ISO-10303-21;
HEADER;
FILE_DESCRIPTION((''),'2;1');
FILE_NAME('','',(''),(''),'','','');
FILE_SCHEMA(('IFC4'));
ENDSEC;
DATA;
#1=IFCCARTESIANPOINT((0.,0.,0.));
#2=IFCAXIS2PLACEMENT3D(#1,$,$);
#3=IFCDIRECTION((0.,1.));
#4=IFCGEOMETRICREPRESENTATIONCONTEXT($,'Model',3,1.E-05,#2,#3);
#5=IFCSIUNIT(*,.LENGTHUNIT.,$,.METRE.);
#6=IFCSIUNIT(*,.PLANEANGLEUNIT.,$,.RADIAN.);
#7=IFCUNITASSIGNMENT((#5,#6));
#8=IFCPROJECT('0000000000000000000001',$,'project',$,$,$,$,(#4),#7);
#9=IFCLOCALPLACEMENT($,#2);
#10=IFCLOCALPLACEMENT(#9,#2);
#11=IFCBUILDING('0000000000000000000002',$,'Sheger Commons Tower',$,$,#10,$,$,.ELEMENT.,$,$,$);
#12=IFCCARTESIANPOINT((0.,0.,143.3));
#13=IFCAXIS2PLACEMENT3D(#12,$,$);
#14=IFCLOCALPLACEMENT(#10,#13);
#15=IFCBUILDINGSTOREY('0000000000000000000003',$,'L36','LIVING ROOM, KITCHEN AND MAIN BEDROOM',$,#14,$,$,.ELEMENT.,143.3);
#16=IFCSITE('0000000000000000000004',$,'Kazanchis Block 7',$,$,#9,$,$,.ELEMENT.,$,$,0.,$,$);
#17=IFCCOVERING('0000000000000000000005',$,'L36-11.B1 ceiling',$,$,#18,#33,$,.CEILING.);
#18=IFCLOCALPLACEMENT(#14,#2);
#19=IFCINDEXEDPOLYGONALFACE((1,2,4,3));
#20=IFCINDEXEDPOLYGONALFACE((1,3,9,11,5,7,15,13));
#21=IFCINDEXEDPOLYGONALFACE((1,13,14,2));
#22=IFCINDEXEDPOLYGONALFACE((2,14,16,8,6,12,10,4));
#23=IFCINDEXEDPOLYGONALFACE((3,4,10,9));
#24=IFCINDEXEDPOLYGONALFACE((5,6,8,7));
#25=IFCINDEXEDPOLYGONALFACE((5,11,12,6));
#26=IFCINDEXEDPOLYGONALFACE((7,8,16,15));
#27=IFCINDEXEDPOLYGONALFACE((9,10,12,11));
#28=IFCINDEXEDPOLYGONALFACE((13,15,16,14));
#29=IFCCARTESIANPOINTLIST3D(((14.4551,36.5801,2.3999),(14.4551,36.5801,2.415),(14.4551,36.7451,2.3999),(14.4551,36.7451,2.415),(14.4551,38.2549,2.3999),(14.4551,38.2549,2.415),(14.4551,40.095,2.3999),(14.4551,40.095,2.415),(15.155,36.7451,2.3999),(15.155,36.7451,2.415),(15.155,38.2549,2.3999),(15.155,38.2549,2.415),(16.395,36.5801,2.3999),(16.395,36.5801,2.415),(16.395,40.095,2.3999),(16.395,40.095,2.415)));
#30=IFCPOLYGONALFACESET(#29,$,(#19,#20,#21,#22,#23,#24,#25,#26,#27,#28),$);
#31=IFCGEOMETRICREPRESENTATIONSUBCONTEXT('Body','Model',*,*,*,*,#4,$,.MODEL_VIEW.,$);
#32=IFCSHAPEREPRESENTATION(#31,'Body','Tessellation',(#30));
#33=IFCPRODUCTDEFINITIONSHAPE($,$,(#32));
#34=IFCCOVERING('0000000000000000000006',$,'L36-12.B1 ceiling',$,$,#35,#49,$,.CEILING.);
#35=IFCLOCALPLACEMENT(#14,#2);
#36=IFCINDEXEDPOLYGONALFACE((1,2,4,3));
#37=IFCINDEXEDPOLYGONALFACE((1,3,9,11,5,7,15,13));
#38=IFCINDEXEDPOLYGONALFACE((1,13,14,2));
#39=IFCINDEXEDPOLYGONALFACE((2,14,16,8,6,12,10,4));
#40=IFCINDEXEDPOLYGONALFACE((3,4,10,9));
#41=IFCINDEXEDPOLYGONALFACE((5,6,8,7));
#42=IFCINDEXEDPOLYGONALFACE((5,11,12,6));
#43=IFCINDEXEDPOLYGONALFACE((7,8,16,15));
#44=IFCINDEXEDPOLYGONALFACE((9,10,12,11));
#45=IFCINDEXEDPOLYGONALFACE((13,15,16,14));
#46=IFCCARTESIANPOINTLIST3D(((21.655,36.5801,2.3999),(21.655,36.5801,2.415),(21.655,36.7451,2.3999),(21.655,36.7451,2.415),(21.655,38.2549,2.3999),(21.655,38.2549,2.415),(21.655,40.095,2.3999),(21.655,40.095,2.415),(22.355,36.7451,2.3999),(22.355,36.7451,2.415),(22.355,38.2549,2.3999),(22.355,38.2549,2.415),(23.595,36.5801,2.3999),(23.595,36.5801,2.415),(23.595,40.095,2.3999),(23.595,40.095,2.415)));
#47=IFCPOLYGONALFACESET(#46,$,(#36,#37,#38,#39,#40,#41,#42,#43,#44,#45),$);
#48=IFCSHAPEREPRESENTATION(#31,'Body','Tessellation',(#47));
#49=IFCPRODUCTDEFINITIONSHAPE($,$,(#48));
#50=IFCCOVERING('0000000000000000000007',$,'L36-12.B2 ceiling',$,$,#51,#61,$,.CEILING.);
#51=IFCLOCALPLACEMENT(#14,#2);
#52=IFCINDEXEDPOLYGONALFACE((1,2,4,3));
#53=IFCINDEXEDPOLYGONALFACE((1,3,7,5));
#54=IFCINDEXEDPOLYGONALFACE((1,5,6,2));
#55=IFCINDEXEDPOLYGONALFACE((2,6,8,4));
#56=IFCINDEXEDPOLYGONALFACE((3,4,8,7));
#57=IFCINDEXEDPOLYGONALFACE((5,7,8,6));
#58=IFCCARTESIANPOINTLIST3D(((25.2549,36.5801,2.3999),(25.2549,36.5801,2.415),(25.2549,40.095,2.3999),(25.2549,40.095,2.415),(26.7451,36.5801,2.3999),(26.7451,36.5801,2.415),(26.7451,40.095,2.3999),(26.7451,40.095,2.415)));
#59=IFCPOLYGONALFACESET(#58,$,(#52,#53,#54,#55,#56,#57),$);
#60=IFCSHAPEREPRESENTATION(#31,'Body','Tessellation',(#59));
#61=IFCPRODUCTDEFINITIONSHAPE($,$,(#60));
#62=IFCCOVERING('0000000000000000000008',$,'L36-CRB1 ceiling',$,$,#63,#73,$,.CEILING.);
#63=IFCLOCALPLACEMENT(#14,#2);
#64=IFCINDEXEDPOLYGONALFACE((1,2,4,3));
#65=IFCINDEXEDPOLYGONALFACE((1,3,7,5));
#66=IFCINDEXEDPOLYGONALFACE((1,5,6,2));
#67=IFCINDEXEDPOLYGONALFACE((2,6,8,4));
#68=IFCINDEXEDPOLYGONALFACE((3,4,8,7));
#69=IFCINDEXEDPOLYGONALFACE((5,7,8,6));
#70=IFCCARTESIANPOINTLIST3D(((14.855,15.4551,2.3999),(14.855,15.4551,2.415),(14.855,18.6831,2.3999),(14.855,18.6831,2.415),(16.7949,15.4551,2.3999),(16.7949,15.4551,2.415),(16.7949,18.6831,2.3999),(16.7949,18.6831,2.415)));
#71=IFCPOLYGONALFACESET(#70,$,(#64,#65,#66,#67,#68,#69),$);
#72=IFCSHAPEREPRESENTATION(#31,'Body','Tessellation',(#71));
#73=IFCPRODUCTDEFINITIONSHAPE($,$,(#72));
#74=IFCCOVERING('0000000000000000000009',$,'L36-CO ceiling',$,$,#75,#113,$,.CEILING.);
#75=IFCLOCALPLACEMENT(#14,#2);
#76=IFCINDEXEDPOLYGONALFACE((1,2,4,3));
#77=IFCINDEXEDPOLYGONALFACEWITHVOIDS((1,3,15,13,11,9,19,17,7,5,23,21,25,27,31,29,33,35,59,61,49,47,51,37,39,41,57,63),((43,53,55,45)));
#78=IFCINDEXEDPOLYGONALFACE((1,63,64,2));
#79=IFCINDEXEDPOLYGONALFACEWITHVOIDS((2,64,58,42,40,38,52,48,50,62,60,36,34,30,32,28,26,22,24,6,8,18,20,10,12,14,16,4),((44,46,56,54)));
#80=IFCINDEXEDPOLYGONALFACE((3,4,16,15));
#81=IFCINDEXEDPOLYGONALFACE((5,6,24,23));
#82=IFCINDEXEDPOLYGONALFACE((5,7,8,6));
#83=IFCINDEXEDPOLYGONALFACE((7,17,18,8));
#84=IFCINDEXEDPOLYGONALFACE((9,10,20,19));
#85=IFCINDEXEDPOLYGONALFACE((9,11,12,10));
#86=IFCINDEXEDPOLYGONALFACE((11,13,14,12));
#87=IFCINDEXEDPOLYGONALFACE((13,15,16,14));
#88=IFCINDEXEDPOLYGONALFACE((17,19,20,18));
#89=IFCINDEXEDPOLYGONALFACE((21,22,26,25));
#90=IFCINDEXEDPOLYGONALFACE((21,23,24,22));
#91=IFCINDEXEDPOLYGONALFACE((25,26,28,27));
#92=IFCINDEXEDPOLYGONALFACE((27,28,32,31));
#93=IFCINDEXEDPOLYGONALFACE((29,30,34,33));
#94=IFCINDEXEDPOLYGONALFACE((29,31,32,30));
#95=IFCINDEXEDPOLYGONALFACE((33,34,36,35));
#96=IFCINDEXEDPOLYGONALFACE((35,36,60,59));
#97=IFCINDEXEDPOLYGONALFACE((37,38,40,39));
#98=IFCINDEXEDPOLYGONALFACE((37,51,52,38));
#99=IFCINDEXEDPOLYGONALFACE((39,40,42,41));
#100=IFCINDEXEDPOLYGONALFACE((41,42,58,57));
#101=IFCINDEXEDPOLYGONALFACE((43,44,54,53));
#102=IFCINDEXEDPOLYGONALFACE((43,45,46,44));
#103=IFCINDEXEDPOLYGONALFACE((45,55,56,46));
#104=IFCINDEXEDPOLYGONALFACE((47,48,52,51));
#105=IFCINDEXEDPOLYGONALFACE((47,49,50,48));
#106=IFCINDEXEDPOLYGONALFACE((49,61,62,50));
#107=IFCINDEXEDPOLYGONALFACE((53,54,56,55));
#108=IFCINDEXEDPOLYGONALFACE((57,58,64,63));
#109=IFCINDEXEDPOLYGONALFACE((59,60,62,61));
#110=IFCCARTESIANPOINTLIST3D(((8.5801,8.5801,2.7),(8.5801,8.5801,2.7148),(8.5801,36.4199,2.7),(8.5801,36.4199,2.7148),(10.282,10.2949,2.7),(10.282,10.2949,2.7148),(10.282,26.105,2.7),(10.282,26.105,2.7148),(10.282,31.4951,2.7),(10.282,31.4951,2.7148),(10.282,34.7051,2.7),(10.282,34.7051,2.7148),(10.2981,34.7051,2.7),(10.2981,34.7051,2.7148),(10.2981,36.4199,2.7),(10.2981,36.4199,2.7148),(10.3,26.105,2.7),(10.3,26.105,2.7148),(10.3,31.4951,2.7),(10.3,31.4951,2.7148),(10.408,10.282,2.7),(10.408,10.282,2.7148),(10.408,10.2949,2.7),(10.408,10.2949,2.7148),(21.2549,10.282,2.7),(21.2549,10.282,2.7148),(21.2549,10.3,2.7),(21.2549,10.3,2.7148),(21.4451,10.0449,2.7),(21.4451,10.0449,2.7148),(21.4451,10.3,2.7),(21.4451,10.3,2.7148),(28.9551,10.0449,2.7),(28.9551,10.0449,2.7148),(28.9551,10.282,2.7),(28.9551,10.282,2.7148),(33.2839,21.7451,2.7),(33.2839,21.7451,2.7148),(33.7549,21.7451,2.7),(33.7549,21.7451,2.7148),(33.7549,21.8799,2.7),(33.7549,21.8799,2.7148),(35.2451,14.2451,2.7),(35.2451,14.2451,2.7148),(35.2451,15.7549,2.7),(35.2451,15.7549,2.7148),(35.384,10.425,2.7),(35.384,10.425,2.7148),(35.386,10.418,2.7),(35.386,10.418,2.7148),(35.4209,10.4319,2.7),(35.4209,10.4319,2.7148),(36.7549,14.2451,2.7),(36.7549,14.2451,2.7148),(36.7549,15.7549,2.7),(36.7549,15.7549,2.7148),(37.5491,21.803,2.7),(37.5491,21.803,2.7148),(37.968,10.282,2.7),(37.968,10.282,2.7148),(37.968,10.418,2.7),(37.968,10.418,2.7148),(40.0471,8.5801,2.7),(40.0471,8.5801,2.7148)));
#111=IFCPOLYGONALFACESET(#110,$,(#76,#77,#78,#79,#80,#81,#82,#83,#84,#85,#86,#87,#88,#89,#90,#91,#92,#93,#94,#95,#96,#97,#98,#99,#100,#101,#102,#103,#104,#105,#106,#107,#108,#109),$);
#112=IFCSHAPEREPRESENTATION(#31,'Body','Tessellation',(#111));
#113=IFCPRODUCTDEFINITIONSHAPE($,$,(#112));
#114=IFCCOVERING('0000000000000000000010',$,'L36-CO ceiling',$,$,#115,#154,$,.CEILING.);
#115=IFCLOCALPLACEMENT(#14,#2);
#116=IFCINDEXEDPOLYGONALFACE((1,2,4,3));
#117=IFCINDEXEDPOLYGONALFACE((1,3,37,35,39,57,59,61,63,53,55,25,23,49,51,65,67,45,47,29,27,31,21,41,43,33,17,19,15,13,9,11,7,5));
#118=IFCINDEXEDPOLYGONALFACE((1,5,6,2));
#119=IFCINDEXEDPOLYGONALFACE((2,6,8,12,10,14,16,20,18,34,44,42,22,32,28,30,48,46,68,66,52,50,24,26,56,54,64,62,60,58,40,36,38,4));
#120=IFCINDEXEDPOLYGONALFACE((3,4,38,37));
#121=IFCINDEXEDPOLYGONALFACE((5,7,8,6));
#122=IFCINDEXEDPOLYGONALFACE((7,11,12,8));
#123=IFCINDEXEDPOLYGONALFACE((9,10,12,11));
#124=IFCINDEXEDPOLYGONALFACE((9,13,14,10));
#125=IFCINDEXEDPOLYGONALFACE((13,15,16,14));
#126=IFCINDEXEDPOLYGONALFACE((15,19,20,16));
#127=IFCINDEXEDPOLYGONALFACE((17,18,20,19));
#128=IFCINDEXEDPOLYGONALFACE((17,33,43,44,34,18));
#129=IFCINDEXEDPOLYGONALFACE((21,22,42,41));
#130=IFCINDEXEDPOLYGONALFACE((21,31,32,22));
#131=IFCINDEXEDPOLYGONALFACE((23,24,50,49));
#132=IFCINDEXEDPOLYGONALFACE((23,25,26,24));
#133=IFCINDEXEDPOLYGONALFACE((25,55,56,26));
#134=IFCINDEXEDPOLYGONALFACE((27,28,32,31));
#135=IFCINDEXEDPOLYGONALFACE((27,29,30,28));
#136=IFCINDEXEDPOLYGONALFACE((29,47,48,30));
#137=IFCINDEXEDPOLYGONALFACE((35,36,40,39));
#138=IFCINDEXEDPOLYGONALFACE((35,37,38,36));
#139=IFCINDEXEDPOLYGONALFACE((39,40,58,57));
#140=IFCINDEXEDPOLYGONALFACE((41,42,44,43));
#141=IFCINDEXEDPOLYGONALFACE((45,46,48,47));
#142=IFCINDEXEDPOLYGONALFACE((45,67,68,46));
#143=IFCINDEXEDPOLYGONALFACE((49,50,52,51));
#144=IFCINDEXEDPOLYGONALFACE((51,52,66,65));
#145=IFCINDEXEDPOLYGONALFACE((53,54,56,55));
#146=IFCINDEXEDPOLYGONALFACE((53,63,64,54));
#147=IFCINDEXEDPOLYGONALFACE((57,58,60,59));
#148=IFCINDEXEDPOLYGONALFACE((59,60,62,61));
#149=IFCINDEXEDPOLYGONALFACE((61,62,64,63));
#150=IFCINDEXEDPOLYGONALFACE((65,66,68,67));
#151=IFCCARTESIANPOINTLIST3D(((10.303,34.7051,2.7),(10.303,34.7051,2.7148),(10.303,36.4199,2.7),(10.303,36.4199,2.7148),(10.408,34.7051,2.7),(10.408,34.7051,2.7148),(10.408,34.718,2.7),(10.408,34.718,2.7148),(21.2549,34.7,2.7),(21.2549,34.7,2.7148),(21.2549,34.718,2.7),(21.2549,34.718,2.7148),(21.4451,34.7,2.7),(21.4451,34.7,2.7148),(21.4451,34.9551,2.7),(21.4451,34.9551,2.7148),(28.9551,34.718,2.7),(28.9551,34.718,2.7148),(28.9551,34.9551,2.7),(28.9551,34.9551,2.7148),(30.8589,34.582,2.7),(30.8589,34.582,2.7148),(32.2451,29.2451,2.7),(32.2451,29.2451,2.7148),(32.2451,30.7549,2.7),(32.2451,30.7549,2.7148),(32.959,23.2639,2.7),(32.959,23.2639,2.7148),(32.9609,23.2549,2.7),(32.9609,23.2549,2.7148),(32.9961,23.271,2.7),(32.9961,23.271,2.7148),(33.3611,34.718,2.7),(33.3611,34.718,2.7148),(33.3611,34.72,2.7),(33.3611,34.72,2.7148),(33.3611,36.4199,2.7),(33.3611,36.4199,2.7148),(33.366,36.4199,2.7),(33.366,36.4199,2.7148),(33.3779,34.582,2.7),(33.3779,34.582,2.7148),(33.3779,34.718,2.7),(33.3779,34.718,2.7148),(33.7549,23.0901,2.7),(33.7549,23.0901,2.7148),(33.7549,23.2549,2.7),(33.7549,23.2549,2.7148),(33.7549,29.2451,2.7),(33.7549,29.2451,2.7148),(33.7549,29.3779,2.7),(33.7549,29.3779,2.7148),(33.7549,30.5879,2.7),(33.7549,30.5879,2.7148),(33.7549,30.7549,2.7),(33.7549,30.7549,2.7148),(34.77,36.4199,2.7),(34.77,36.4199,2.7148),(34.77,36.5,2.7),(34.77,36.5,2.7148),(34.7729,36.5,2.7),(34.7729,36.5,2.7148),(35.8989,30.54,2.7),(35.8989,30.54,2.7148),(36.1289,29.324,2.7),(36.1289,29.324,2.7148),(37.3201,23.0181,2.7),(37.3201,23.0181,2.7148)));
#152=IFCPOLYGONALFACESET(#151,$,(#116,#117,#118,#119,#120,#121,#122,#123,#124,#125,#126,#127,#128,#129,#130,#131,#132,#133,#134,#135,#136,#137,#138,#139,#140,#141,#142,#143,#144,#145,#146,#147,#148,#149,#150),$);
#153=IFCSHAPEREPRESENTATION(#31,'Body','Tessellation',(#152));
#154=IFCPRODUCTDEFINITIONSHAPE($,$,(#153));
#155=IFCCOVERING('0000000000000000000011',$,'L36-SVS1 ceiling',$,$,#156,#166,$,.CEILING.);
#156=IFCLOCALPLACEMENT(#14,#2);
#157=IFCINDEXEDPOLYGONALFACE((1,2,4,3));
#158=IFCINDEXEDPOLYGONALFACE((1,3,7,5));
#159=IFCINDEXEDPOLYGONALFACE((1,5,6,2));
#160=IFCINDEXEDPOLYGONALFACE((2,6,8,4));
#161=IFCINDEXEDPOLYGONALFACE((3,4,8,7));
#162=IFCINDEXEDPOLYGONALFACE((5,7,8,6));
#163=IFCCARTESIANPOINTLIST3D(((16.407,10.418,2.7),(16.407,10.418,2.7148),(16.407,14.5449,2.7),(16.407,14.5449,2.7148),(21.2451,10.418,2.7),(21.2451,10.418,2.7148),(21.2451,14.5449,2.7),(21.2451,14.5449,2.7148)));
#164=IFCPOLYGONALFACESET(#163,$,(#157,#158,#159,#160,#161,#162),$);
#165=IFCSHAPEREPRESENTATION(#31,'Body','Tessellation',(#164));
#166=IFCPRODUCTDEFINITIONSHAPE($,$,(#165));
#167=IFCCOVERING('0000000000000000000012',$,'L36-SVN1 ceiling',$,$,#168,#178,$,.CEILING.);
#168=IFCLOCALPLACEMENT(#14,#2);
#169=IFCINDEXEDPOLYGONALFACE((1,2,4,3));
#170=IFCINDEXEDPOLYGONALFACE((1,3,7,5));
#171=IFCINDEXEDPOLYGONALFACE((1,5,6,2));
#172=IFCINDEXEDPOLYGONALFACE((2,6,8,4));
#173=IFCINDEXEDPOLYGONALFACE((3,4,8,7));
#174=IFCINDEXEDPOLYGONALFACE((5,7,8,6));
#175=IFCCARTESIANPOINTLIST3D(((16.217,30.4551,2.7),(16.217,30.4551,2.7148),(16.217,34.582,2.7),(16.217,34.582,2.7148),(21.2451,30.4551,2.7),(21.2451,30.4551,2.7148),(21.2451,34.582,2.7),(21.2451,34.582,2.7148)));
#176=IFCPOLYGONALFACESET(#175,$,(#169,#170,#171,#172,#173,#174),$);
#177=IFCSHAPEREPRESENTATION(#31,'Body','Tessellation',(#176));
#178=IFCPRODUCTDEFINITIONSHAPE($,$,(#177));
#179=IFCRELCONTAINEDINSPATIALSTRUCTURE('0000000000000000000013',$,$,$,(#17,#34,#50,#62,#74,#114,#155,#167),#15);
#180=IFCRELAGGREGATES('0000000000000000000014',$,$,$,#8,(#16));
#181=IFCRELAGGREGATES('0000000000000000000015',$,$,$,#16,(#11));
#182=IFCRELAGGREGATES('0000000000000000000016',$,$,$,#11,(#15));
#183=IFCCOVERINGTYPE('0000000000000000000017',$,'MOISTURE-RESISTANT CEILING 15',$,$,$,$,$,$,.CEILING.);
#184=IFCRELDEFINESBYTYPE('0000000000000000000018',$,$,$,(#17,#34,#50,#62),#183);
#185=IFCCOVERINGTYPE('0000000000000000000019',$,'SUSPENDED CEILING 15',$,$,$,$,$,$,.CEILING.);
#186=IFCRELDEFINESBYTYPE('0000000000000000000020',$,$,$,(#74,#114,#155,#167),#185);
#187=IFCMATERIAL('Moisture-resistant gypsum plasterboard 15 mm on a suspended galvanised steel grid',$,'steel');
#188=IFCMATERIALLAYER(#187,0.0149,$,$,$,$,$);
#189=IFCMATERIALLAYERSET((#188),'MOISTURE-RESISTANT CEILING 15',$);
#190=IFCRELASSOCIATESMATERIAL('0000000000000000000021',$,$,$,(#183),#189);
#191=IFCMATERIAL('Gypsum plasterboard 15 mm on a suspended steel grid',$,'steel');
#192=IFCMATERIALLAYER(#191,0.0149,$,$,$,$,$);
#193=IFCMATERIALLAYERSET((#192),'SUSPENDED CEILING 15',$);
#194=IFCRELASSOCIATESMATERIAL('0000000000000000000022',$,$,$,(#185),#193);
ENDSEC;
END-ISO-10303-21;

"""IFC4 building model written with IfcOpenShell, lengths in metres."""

from ifc_helpers import new_model, si_unit, direction, frame, origin, place, context, subcontext, project, spatial, polyline, outline, extrude, material, layer, layer_set, type_object, element, save


model = new_model("IFC4")

# Units and contexts
model_context = context("Model", 3, precision=1e-05, world=origin(), true_north=direction((0.0, 1.0)))
body_context = subcontext(model_context, "Body", "Model", "MODEL_VIEW")
ifc_project = project(units=[si_unit("LENGTHUNIT", "METRE"), si_unit("PLANEANGLEUNIT", "RADIAN")], contexts=[model_context])

# Site, building, storey
site_placement = place(None, origin())
site = spatial("IfcSite", under=ifc_project, at=site_placement, Name="Kazanchis Block 7", CompositionType="ELEMENT", RefElevation=0.0)
building_placement = place(site_placement, origin())
building = spatial("IfcBuilding", under=site, at=building_placement, Name="Sheger Commons Tower", CompositionType="ELEMENT")
storey_placement = place(building_placement, frame((0.0, 0.0, 143.3)))
storey = spatial("IfcBuildingStorey", under=building, at=storey_placement, Name="L36", Description="LIVING ROOM, KITCHEN AND MAIN BEDROOM", CompositionType="ELEMENT", Elevation=143.3)

# Coverings
ifc_material_1 = material(Name="Moisture-resistant gypsum plasterboard 15 mm on a suspended galvanised steel grid", Category="steel")
ifc_layer_1 = layer(ifc_material_1, 0.0149)
ifc_layer_set_1 = layer_set([ifc_layer_1], Name="MOISTURE-RESISTANT CEILING 15")
covering_type_1 = type_object("IfcCoveringType", Name="MOISTURE-RESISTANT CEILING 15", PredefinedType="CEILING", material=ifc_layer_set_1)
covering_1_placement = place(storey_placement, frame((0.0, 0.0, 2.3999)))
element("IfcCovering", 1, at=covering_1_placement, inside=storey, type_object=covering_type_1, Name="L36-11.B1 ceiling", PredefinedType="CEILING", context=body_context, shape_type="SweptSolid", body=[
    extrude(outline(polyline([(14.4551, 36.5801), (16.395, 36.5801), (16.395, 40.095), (14.4551, 40.095), (14.4551, 38.2549), (15.155, 38.2549), (15.155, 36.7451), (14.4551, 36.7451), (14.4551, 36.5801)])), origin(), (0.0, 0.0, 1.0), 0.0151),
])
covering_2_placement = place(storey_placement, frame((0.0, 0.0, 2.3999)))
element("IfcCovering", 2, at=covering_2_placement, inside=storey, type_object=covering_type_1, Name="L36-12.B1 ceiling", PredefinedType="CEILING", context=body_context, shape_type="SweptSolid", body=[
    extrude(outline(polyline([(21.655, 36.5801), (23.595, 36.5801), (23.595, 40.095), (21.655, 40.095), (21.655, 38.2549), (22.355, 38.2549), (22.355, 36.7451), (21.655, 36.7451), (21.655, 36.5801)])), origin(), (0.0, 0.0, 1.0), 0.0151),
])
covering_3_placement = place(storey_placement, frame((0.0, 0.0, 2.3999)))
element("IfcCovering", 3, at=covering_3_placement, inside=storey, type_object=covering_type_1, Name="L36-12.B2 ceiling", PredefinedType="CEILING", context=body_context, shape_type="SweptSolid", body=[
    extrude(outline(polyline([(25.2549, 36.5801), (26.7451, 36.5801), (26.7451, 40.095), (25.2549, 40.095), (25.2549, 36.5801)])), origin(), (0.0, 0.0, 1.0), 0.0151),
])
covering_4_placement = place(storey_placement, frame((0.0, 0.0, 2.3999)))
element("IfcCovering", 4, at=covering_4_placement, inside=storey, type_object=covering_type_1, Name="L36-CRB1 ceiling", PredefinedType="CEILING", context=body_context, shape_type="SweptSolid", body=[
    extrude(outline(polyline([(14.855, 15.4551), (16.7949, 15.4551), (16.7949, 18.6831), (14.855, 18.6831), (14.855, 15.4551)])), origin(), (0.0, 0.0, 1.0), 0.0151),
])
ifc_material_2 = material(Name="Gypsum plasterboard 15 mm on a suspended steel grid", Category="steel")
ifc_layer_2 = layer(ifc_material_2, 0.0149)
ifc_layer_set_2 = layer_set([ifc_layer_2], Name="SUSPENDED CEILING 15")
covering_type_2 = type_object("IfcCoveringType", Name="SUSPENDED CEILING 15", PredefinedType="CEILING", material=ifc_layer_set_2)
covering_5_placement = place(storey_placement, frame((0.0, 0.0, 2.7)))
element("IfcCovering", 5, at=covering_5_placement, inside=storey, type_object=covering_type_2, Name="L36-CO ceiling", PredefinedType="CEILING", context=body_context, shape_type="SweptSolid", body=[
    extrude(outline(polyline([(8.5801, 8.5801), (40.0471, 8.5801), (37.5491, 21.803), (33.7549, 21.8799), (33.7549, 21.7451), (33.2839, 21.7451), (35.4209, 10.4319), (35.384, 10.425), (35.386, 10.418), (37.968, 10.418), (37.968, 10.282), (28.9551, 10.282), (28.9551, 10.0449), (21.4451, 10.0449), (21.4451, 10.3), (21.2549, 10.3), (21.2549, 10.282), (10.408, 10.282), (10.408, 10.2949), (10.282, 10.2949), (10.282, 26.105), (10.3, 26.105), (10.3, 31.4951), (10.282, 31.4951), (10.282, 34.7051), (10.2981, 34.7051), (10.2981, 36.4199), (8.5801, 36.4199), (8.5801, 8.5801)]), holes=[polyline([(35.2451, 15.7549), (36.7549, 15.7549), (36.7549, 14.2451), (35.2451, 14.2451), (35.2451, 15.7549)])]), origin(), (0.0, 0.0, 1.0), 0.0149),
])
covering_6_placement = place(storey_placement, frame((0.0, 0.0, 2.7)))
element("IfcCovering", 6, at=covering_6_placement, inside=storey, type_object=covering_type_2, Name="L36-CO ceiling", PredefinedType="CEILING", context=body_context, shape_type="SweptSolid", body=[
    extrude(outline(polyline([(37.3201, 23.0181), (36.1289, 29.324), (33.7549, 29.3779), (33.7549, 29.2451), (32.2451, 29.2451), (32.2451, 30.7549), (33.7549, 30.7549), (33.7549, 30.5879), (35.8989, 30.54), (34.7729, 36.5), (34.77, 36.5), (34.77, 36.4199), (33.366, 36.4199), (33.3611, 34.72), (33.3611, 36.4199), (10.303, 36.4199), (10.303, 34.7051), (10.408, 34.7051), (10.408, 34.718), (21.2549, 34.718), (21.2549, 34.7), (21.4451, 34.7), (21.4451, 34.9551), (28.9551, 34.9551), (28.9551, 34.718), (33.3611, 34.718), (33.3779, 34.718), (33.3779, 34.582), (30.8589, 34.582), (32.9961, 23.271), (32.959, 23.2639), (32.9609, 23.2549), (33.7549, 23.2549), (33.7549, 23.0901), (37.3201, 23.0181)])), origin(), (0.0, 0.0, 1.0), 0.0149),
])
covering_7_placement = place(storey_placement, frame((0.0, 0.0, 2.7)))
element("IfcCovering", 7, at=covering_7_placement, inside=storey, type_object=covering_type_2, Name="L36-SVS1 ceiling", PredefinedType="CEILING", context=body_context, shape_type="SweptSolid", body=[
    extrude(outline(polyline([(16.407, 10.418), (21.2451, 10.418), (21.2451, 14.5449), (16.407, 14.5449), (16.407, 10.418)])), origin(), (0.0, 0.0, 1.0), 0.0149),
])
covering_8_placement = place(storey_placement, frame((0.0, 0.0, 2.7)))
element("IfcCovering", 8, at=covering_8_placement, inside=storey, type_object=covering_type_2, Name="L36-SVN1 ceiling", PredefinedType="CEILING", context=body_context, shape_type="SweptSolid", body=[
    extrude(outline(polyline([(16.217, 30.4551), (21.2451, 30.4551), (21.2451, 34.582), (16.217, 34.582), (16.217, 30.4551)])), origin(), (0.0, 0.0, 1.0), 0.0149),
])

save(model, "model.ifc")
